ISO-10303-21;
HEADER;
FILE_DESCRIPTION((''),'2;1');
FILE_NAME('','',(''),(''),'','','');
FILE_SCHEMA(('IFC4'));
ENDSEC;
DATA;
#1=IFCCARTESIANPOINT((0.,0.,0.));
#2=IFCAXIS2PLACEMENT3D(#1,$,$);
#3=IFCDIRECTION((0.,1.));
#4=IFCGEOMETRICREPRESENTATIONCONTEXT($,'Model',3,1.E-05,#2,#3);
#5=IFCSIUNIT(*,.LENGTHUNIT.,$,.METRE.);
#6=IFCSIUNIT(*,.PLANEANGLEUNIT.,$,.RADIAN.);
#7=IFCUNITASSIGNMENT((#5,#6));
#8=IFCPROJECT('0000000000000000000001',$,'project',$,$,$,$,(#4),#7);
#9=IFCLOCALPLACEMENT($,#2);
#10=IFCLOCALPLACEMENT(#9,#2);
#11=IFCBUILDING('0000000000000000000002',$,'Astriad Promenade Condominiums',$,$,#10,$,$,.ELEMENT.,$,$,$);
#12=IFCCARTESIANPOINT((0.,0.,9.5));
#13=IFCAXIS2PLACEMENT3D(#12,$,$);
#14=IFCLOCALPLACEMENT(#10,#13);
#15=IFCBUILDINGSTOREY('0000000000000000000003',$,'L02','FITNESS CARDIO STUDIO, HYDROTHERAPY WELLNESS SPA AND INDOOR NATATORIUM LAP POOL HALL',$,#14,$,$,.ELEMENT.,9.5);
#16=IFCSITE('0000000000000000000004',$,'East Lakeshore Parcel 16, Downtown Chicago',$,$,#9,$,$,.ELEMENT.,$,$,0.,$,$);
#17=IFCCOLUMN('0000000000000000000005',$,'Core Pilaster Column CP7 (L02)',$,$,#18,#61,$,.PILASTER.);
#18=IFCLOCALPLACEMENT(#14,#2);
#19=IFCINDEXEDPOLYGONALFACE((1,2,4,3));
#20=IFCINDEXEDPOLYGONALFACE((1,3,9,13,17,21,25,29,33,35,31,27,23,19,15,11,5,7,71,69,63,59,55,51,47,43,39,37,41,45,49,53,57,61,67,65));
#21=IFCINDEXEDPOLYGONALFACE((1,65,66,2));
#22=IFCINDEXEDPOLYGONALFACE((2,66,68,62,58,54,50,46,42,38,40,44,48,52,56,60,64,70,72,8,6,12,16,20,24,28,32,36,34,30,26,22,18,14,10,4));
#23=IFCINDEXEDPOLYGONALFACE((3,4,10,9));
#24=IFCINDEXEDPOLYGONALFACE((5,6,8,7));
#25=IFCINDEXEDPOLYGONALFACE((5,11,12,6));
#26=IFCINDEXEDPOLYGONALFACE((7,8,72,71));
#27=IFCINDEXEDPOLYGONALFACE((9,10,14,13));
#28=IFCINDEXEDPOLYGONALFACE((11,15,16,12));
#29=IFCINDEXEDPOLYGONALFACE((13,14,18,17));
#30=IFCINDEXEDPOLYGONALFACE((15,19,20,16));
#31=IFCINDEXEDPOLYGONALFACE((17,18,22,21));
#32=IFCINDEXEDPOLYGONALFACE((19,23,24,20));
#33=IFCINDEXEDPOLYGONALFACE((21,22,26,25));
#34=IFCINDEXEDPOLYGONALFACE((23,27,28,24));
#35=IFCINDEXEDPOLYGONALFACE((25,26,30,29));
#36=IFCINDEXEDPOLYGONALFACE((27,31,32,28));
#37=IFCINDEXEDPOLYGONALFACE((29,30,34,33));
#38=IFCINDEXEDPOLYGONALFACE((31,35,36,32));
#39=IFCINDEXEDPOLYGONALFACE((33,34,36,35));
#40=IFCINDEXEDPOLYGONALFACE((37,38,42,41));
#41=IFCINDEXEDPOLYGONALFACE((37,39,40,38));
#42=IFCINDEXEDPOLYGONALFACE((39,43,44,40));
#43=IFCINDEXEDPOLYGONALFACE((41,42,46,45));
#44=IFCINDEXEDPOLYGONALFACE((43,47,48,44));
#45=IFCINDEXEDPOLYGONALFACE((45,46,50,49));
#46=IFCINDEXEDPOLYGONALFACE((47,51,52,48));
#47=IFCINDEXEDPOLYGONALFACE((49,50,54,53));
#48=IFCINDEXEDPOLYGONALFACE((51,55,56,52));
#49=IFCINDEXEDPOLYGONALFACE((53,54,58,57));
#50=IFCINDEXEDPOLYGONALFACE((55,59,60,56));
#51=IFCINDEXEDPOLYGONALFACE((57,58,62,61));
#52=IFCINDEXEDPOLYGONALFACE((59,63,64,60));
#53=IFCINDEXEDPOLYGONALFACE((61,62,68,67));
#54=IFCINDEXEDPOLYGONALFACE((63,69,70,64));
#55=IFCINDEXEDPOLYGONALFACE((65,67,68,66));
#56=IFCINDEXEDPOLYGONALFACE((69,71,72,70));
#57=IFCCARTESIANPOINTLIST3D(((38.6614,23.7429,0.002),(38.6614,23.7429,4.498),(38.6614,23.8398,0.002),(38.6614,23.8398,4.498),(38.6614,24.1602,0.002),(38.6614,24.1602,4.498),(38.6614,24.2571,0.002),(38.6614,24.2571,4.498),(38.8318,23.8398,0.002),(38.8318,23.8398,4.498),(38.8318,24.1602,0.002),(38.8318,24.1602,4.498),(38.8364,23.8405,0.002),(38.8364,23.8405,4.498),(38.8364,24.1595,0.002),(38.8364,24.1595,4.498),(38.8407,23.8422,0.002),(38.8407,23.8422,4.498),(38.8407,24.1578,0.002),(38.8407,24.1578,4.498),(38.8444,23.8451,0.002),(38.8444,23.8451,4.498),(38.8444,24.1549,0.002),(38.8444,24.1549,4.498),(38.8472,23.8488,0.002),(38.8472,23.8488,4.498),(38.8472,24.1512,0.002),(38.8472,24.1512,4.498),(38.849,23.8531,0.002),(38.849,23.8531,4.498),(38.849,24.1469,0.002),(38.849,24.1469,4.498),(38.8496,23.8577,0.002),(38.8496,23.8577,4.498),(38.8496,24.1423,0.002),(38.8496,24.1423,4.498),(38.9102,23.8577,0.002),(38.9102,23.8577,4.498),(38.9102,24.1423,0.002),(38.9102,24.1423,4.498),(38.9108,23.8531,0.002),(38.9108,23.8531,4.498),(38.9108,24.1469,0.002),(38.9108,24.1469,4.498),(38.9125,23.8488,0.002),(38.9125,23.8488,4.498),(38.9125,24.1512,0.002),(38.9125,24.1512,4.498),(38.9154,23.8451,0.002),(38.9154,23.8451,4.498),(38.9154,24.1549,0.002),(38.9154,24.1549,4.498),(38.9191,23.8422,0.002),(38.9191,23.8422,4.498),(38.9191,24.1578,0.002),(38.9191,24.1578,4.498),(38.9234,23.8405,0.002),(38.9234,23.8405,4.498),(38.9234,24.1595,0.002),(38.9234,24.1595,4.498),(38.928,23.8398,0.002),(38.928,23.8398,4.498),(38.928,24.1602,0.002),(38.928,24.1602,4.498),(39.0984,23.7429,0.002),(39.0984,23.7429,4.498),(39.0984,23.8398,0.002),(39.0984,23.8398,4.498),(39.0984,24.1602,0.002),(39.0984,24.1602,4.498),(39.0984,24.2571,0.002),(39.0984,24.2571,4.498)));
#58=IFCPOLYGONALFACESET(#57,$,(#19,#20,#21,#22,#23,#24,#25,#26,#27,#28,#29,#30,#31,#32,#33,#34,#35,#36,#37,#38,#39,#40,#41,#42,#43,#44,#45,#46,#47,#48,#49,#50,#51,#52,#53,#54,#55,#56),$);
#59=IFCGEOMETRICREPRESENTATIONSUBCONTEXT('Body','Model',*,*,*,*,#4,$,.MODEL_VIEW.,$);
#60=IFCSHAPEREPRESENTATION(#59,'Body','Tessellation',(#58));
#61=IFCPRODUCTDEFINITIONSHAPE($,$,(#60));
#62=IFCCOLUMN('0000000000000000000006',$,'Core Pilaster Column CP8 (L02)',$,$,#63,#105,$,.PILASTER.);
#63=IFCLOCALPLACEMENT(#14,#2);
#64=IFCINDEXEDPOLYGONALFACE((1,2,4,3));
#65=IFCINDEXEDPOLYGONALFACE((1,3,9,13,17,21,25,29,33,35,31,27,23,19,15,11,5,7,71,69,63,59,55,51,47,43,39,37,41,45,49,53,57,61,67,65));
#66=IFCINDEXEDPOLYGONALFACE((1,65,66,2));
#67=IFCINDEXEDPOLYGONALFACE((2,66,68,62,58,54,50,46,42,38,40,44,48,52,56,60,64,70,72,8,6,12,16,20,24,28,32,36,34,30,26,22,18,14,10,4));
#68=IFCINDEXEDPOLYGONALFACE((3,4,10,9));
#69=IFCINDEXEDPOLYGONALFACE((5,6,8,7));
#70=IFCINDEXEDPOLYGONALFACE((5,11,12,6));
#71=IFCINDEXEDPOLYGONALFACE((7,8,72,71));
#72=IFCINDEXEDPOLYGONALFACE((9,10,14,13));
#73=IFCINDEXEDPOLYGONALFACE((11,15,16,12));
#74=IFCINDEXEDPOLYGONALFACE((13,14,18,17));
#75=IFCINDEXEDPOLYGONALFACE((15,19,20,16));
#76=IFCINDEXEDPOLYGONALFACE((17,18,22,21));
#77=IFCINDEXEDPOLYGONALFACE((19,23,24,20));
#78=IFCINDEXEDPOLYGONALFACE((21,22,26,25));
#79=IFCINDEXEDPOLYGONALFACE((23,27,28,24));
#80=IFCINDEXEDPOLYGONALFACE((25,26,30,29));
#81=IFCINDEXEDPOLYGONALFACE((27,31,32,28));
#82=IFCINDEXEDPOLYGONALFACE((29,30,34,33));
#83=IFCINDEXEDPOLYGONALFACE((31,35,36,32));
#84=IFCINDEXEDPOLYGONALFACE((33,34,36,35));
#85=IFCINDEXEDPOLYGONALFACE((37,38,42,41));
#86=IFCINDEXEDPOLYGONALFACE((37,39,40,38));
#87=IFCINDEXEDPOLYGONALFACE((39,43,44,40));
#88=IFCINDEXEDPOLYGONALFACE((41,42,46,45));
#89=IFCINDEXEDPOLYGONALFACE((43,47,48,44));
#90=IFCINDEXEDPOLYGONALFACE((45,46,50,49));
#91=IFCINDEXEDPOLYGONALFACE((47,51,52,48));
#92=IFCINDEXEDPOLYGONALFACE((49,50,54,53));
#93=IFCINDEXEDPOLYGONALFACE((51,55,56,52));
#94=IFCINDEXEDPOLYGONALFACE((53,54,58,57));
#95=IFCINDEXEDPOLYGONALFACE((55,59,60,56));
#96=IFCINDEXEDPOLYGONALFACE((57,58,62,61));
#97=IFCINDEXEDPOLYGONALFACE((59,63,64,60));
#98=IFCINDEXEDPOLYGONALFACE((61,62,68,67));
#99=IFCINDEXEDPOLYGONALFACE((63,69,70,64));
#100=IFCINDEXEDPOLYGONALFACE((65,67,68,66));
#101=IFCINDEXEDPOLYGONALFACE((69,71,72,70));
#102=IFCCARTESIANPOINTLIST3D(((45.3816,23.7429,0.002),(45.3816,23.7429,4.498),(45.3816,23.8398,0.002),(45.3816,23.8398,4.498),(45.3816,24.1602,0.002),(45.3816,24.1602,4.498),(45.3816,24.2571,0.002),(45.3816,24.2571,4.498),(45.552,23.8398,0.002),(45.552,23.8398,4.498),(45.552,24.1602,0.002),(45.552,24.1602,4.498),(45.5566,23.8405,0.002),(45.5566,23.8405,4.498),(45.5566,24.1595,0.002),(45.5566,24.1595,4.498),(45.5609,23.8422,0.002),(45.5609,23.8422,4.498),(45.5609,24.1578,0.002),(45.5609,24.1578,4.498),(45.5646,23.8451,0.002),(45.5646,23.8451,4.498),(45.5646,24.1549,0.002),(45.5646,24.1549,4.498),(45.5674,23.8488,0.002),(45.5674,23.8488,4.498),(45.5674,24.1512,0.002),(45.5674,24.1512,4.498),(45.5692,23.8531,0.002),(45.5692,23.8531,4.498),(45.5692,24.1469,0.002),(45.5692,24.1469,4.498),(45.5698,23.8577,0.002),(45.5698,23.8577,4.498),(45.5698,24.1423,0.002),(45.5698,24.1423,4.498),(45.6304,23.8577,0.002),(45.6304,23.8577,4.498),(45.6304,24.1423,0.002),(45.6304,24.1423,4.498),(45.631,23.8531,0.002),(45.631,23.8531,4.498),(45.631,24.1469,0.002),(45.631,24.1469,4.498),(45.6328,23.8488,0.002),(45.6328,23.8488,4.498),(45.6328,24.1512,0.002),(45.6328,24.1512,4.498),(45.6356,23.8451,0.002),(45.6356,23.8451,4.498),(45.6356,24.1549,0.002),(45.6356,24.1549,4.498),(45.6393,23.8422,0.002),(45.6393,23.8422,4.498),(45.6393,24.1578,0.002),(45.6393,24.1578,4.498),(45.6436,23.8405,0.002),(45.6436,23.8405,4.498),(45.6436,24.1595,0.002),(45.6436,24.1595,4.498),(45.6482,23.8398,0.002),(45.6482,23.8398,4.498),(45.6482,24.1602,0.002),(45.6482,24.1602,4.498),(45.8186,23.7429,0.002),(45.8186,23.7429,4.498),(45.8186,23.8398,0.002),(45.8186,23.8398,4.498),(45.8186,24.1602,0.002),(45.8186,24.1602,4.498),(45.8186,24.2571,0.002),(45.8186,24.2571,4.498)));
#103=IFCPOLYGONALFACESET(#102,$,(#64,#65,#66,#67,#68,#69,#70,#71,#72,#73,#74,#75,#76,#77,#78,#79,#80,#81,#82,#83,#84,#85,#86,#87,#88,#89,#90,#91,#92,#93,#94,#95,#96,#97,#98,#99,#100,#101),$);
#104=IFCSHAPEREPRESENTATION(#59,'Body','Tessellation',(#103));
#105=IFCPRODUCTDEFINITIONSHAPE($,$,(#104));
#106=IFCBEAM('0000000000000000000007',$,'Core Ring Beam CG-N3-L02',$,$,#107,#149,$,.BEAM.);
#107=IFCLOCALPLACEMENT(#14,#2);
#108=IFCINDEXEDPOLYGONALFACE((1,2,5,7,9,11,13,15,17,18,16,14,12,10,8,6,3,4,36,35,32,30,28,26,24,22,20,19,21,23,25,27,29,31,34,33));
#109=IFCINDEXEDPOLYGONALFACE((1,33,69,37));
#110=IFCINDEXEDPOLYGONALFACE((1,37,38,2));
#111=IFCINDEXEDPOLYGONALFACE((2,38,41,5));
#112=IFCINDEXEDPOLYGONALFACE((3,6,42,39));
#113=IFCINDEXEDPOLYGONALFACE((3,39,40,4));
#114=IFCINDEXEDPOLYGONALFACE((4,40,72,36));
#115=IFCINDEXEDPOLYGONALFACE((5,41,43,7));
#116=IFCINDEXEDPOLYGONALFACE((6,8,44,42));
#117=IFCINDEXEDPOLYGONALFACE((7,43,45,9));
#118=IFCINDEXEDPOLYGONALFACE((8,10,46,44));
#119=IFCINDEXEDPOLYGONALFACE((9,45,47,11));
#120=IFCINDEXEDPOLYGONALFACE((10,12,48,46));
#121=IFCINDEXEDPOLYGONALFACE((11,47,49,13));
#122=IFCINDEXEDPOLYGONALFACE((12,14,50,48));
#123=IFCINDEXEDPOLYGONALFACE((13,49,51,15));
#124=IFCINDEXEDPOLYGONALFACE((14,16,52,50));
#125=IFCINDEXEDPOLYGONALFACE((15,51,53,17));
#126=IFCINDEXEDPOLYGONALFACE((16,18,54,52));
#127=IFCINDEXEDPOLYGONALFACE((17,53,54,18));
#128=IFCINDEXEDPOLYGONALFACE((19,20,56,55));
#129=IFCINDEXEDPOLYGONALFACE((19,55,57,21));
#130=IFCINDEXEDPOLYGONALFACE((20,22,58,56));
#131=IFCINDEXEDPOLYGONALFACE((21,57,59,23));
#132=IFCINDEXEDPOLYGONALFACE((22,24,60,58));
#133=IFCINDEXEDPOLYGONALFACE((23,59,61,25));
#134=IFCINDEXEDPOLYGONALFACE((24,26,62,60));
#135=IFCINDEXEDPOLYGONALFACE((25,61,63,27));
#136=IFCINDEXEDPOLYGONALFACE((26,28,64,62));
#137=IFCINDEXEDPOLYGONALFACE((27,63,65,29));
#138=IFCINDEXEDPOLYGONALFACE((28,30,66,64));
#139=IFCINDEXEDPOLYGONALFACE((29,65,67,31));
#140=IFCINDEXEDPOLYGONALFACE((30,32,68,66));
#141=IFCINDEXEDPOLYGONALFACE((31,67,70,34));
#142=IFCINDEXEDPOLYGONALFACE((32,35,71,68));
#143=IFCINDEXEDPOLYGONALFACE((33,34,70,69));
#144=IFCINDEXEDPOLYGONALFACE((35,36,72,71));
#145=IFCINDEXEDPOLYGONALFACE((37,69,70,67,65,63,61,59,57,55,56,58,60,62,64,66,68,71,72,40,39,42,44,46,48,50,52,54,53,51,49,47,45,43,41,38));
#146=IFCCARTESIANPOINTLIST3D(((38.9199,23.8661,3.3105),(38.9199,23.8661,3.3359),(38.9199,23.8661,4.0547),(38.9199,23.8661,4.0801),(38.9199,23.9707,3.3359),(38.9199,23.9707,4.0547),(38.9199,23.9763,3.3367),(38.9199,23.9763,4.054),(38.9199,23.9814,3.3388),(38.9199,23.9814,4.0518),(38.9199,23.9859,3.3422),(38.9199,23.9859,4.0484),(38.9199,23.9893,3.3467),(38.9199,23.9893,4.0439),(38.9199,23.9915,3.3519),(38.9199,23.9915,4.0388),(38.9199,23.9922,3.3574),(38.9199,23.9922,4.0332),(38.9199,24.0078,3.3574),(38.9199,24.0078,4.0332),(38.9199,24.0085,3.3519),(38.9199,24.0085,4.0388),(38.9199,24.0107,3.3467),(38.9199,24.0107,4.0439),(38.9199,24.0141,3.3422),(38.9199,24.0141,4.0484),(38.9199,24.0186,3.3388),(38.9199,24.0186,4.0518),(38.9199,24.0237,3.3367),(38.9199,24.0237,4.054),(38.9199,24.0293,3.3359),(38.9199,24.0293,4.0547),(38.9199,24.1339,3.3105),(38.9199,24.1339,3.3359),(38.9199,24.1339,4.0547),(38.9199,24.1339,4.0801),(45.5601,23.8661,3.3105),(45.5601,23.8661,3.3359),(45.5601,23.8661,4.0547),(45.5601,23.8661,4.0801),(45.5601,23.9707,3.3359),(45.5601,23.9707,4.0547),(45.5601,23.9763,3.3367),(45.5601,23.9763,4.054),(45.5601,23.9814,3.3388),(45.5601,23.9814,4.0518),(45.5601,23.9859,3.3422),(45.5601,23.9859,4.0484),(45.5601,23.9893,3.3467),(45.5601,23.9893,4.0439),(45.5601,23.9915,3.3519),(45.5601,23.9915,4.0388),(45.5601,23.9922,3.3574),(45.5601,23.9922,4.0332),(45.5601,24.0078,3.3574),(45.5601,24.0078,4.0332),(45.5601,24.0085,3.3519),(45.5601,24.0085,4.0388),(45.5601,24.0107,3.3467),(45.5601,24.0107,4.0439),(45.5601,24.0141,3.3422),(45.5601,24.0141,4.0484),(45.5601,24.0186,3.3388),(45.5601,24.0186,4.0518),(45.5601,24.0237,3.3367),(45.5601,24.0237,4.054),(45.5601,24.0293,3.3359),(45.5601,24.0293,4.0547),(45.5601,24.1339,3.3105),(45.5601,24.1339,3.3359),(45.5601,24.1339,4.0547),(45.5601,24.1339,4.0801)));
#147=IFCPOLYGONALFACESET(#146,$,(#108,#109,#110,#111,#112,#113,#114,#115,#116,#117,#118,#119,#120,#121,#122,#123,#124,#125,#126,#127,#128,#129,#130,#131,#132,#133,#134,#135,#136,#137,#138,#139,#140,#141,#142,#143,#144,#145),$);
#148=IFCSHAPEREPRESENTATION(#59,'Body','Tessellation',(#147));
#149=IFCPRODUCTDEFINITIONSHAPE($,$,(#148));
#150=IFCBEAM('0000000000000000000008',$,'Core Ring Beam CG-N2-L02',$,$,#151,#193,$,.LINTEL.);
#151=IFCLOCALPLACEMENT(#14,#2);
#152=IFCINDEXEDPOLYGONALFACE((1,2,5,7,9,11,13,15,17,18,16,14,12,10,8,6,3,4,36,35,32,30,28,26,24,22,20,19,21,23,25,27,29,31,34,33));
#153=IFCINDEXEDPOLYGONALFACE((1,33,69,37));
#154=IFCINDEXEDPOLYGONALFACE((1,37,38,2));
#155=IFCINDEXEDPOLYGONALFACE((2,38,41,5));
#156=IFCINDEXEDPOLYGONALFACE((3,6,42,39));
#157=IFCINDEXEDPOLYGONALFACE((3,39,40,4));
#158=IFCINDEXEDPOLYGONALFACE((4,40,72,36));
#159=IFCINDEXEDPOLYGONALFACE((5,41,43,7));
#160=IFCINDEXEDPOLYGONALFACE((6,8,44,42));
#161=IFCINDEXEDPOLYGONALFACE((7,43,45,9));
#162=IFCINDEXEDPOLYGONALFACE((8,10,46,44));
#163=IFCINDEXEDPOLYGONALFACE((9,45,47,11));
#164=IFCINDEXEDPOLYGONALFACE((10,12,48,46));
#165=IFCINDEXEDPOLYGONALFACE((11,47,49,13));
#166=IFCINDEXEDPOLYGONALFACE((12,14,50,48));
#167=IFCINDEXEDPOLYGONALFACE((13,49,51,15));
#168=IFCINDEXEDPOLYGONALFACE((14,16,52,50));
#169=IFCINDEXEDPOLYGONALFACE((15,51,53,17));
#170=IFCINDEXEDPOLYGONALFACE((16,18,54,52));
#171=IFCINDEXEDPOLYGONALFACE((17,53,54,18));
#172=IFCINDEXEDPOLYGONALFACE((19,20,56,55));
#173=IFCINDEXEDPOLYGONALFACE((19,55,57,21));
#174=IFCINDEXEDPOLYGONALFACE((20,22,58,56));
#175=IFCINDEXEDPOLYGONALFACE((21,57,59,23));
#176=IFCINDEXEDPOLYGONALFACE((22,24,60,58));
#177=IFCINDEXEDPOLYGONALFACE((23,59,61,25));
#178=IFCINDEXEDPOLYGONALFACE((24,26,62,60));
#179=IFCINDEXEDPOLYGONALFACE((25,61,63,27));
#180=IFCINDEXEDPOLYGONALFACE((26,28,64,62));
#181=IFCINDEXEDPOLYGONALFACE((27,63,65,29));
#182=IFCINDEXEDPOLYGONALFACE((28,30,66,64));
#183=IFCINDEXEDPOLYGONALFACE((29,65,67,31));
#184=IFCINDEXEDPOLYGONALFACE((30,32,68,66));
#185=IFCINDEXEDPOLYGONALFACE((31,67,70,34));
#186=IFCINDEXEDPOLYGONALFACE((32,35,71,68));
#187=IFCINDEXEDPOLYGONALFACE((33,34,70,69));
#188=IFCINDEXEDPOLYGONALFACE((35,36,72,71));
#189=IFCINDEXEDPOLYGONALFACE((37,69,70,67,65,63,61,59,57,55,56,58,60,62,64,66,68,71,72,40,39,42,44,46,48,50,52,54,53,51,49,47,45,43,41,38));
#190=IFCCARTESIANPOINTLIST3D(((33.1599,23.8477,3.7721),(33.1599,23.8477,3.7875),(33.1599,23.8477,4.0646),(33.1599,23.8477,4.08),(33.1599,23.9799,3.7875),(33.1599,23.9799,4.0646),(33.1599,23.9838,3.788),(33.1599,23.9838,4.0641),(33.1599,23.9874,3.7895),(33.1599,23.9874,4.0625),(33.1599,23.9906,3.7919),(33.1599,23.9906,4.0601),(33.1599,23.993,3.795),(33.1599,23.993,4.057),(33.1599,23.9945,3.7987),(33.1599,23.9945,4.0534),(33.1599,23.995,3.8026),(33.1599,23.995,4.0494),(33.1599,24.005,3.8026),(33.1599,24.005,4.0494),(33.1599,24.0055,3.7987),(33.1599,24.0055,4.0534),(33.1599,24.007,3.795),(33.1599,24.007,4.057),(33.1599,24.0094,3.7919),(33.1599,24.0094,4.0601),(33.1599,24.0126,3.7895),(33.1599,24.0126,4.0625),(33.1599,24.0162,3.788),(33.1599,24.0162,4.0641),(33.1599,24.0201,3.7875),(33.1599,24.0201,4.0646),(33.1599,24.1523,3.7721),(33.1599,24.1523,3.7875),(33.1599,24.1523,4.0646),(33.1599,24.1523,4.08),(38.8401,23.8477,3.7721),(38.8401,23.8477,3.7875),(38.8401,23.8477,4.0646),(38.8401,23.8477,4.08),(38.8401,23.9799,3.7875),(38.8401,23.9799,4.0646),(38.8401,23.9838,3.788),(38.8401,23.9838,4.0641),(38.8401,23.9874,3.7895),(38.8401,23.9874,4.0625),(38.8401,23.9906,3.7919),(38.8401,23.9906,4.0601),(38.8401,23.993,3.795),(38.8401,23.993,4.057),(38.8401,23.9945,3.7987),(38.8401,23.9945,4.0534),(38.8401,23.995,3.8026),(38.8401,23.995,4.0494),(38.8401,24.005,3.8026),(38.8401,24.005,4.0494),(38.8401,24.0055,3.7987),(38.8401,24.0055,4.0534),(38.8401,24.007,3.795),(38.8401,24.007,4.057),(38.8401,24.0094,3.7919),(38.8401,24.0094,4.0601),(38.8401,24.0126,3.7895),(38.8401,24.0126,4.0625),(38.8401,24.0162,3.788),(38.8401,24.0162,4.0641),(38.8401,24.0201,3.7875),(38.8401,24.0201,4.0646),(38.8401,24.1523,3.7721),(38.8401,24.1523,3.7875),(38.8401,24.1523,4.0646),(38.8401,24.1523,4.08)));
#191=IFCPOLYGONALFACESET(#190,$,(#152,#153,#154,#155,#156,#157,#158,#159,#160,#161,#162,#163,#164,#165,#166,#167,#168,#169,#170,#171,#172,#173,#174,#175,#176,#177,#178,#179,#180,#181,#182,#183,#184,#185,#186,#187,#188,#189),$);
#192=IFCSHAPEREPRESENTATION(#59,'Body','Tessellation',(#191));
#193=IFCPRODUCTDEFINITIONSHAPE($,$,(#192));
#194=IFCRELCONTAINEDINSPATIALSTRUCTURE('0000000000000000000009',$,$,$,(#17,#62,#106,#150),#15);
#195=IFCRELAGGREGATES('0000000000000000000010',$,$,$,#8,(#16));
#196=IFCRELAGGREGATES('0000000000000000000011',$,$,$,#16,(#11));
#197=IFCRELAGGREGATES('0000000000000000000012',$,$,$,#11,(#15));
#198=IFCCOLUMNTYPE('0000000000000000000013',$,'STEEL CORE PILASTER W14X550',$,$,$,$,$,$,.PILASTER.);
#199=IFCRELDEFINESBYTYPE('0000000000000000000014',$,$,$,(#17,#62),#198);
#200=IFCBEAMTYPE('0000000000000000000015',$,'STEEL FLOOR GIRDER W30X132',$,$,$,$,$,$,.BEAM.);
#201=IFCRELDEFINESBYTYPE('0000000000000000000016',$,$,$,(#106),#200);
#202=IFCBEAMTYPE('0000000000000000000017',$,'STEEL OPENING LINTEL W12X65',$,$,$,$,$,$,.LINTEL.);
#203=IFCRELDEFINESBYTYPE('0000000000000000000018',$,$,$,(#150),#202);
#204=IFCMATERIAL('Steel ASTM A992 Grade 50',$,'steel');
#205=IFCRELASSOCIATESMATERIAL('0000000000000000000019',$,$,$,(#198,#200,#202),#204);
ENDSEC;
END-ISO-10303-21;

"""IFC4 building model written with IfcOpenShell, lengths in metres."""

from ifc_helpers import new_model, si_unit, direction, frame, origin, origin_2d, place, context, subcontext, project, spatial, i_section, extrude, source, transform, mapped, material, material_profile, profile_set, type_object, type_shapes, element, save


model = new_model("IFC4")

# Units and contexts
model_context = context("Model", 3, precision=1e-05, world=origin(), true_north=direction((0.0, 1.0)))
body_context = subcontext(model_context, "Body", "Model", "MODEL_VIEW")
ifc_project = project(units=[si_unit("LENGTHUNIT", "METRE"), si_unit("PLANEANGLEUNIT", "RADIAN")], contexts=[model_context])

# Site, building, storey
site_placement = place(None, origin())
site = spatial("IfcSite", under=ifc_project, at=site_placement, Name="East Lakeshore Parcel 16, Downtown Chicago", CompositionType="ELEMENT", RefElevation=0.0)
building_placement = place(site_placement, origin())
building = spatial("IfcBuilding", under=site, at=building_placement, Name="Astriad Promenade Condominiums", CompositionType="ELEMENT")
storey_placement = place(building_placement, frame((0.0, 0.0, 9.5)))
storey = spatial("IfcBuildingStorey", under=building, at=storey_placement, Name="L02", Description="FITNESS CARDIO STUDIO, HYDROTHERAPY WELLNESS SPA AND INDOOR NATATORIUM LAP POOL HALL", CompositionType="ELEMENT", Elevation=9.5)

# Columns
ifc_material_1 = material(Name="Steel ASTM A992 Grade 50", Category="steel")
ifc_material_profile_1 = material_profile(ifc_material_1, i_section(OverallWidth=0.437, OverallDepth=0.5142, WebThickness=0.0605, FlangeThickness=0.0969, FilletRadius=0.0178, at=origin_2d()), Name="W14X550")
ifc_profile_set_1 = profile_set([ifc_material_profile_1], Name="Steel ASTM A992 Grade 50")
column_type = type_object("IfcColumnType", Name="STEEL CORE PILASTER W14X550", PredefinedType="PILASTER", material=ifc_profile_set_1)
shared_shape_1 = source(origin(), body_context, "Body", "SweptSolid", [
    extrude(i_section(OverallWidth=0.437, OverallDepth=0.5142, WebThickness=0.0605, FlangeThickness=0.0969, FilletRadius=0.0178, at=origin_2d()), origin(), (0.0, 0.0, 1.0), 4.4961),
])
type_shapes(column_type, [shared_shape_1])
for number, where, z_axis, x_axis, name in (
    (1, (38.8799, 24.0, 0.002), (0.0, 0.0, 1.0), (1.0, 0.0, 0.0), "Core Pilaster Column CP7 (L02)"),
    (2, (45.6001, 24.0, 0.002), (0.0, 0.0, 1.0), (1.0, 0.0, 0.0), "Core Pilaster Column CP8 (L02)"),
):
    element("IfcColumn", number, at=place(storey_placement, frame(where, z_axis=z_axis, x_axis=x_axis)), inside=storey, type_object=column_type, Name=name, PredefinedType="PILASTER", context=body_context, shape_type="MappedRepresentation", body=[
        mapped(shared_shape_1, transform((0.0, 0.0, 0.0), scale=1.0)),
    ])

# Beams
ifc_material_profile_2 = material_profile(ifc_material_1, i_section(OverallWidth=0.2678, OverallDepth=0.7695, WebThickness=0.0156, FlangeThickness=0.0254, FilletRadius=0.0215, at=origin_2d()), Name="W30X132")
ifc_profile_set_2 = profile_set([ifc_material_profile_2], Name="Steel ASTM A992 Grade 50")
beam_type_1 = type_object("IfcBeamType", Name="STEEL FLOOR GIRDER W30X132", PredefinedType="BEAM", material=ifc_profile_set_2)
shared_shape_2 = source(origin(), body_context, "Body", "SweptSolid", [
    extrude(i_section(OverallWidth=0.2678, OverallDepth=0.7695, WebThickness=0.0156, FlangeThickness=0.0254, FilletRadius=0.0215, at=origin_2d()), origin(), (0.0, 0.0, 1.0), 6.6401),
])
type_shapes(beam_type_1, [shared_shape_2])
beam_1_placement = place(storey_placement, frame((38.9199, 24.0, 3.6953), z_axis=(1.0, 0.0, 0.0), x_axis=(0.0, 1.0, 0.0)))
element("IfcBeam", 3, at=beam_1_placement, inside=storey, type_object=beam_type_1, Name="Core Ring Beam CG-N3-L02", PredefinedType="BEAM", context=body_context, shape_type="MappedRepresentation", body=[
    mapped(shared_shape_2, transform((0.0, 0.0, 0.0), scale=1.0)),
])
ifc_material_profile_3 = material_profile(ifc_material_1, i_section(OverallWidth=0.3047, OverallDepth=0.3079, WebThickness=0.01, FlangeThickness=0.0154, FilletRadius=0.0151, at=origin_2d()), Name="W12X65")
ifc_profile_set_3 = profile_set([ifc_material_profile_3], Name="Steel ASTM A992 Grade 50")
beam_type_2 = type_object("IfcBeamType", Name="STEEL OPENING LINTEL W12X65", PredefinedType="LINTEL", material=ifc_profile_set_3)
shared_shape_3 = source(origin(), body_context, "Body", "SweptSolid", [
    extrude(i_section(OverallWidth=0.3047, OverallDepth=0.3079, WebThickness=0.01, FlangeThickness=0.0154, FilletRadius=0.0151, at=origin_2d()), origin(), (0.0, 0.0, 1.0), 5.6802),
])
type_shapes(beam_type_2, [shared_shape_3])
beam_2_placement = place(storey_placement, frame((33.1599, 24.0, 3.926), z_axis=(1.0, 0.0, 0.0), x_axis=(0.0, 1.0, 0.0)))
element("IfcBeam", 4, at=beam_2_placement, inside=storey, type_object=beam_type_2, Name="Core Ring Beam CG-N2-L02", PredefinedType="LINTEL", context=body_context, shape_type="MappedRepresentation", body=[
    mapped(shared_shape_3, transform((0.0, 0.0, 0.0), scale=1.0)),
])

save(model, "model.ifc")
